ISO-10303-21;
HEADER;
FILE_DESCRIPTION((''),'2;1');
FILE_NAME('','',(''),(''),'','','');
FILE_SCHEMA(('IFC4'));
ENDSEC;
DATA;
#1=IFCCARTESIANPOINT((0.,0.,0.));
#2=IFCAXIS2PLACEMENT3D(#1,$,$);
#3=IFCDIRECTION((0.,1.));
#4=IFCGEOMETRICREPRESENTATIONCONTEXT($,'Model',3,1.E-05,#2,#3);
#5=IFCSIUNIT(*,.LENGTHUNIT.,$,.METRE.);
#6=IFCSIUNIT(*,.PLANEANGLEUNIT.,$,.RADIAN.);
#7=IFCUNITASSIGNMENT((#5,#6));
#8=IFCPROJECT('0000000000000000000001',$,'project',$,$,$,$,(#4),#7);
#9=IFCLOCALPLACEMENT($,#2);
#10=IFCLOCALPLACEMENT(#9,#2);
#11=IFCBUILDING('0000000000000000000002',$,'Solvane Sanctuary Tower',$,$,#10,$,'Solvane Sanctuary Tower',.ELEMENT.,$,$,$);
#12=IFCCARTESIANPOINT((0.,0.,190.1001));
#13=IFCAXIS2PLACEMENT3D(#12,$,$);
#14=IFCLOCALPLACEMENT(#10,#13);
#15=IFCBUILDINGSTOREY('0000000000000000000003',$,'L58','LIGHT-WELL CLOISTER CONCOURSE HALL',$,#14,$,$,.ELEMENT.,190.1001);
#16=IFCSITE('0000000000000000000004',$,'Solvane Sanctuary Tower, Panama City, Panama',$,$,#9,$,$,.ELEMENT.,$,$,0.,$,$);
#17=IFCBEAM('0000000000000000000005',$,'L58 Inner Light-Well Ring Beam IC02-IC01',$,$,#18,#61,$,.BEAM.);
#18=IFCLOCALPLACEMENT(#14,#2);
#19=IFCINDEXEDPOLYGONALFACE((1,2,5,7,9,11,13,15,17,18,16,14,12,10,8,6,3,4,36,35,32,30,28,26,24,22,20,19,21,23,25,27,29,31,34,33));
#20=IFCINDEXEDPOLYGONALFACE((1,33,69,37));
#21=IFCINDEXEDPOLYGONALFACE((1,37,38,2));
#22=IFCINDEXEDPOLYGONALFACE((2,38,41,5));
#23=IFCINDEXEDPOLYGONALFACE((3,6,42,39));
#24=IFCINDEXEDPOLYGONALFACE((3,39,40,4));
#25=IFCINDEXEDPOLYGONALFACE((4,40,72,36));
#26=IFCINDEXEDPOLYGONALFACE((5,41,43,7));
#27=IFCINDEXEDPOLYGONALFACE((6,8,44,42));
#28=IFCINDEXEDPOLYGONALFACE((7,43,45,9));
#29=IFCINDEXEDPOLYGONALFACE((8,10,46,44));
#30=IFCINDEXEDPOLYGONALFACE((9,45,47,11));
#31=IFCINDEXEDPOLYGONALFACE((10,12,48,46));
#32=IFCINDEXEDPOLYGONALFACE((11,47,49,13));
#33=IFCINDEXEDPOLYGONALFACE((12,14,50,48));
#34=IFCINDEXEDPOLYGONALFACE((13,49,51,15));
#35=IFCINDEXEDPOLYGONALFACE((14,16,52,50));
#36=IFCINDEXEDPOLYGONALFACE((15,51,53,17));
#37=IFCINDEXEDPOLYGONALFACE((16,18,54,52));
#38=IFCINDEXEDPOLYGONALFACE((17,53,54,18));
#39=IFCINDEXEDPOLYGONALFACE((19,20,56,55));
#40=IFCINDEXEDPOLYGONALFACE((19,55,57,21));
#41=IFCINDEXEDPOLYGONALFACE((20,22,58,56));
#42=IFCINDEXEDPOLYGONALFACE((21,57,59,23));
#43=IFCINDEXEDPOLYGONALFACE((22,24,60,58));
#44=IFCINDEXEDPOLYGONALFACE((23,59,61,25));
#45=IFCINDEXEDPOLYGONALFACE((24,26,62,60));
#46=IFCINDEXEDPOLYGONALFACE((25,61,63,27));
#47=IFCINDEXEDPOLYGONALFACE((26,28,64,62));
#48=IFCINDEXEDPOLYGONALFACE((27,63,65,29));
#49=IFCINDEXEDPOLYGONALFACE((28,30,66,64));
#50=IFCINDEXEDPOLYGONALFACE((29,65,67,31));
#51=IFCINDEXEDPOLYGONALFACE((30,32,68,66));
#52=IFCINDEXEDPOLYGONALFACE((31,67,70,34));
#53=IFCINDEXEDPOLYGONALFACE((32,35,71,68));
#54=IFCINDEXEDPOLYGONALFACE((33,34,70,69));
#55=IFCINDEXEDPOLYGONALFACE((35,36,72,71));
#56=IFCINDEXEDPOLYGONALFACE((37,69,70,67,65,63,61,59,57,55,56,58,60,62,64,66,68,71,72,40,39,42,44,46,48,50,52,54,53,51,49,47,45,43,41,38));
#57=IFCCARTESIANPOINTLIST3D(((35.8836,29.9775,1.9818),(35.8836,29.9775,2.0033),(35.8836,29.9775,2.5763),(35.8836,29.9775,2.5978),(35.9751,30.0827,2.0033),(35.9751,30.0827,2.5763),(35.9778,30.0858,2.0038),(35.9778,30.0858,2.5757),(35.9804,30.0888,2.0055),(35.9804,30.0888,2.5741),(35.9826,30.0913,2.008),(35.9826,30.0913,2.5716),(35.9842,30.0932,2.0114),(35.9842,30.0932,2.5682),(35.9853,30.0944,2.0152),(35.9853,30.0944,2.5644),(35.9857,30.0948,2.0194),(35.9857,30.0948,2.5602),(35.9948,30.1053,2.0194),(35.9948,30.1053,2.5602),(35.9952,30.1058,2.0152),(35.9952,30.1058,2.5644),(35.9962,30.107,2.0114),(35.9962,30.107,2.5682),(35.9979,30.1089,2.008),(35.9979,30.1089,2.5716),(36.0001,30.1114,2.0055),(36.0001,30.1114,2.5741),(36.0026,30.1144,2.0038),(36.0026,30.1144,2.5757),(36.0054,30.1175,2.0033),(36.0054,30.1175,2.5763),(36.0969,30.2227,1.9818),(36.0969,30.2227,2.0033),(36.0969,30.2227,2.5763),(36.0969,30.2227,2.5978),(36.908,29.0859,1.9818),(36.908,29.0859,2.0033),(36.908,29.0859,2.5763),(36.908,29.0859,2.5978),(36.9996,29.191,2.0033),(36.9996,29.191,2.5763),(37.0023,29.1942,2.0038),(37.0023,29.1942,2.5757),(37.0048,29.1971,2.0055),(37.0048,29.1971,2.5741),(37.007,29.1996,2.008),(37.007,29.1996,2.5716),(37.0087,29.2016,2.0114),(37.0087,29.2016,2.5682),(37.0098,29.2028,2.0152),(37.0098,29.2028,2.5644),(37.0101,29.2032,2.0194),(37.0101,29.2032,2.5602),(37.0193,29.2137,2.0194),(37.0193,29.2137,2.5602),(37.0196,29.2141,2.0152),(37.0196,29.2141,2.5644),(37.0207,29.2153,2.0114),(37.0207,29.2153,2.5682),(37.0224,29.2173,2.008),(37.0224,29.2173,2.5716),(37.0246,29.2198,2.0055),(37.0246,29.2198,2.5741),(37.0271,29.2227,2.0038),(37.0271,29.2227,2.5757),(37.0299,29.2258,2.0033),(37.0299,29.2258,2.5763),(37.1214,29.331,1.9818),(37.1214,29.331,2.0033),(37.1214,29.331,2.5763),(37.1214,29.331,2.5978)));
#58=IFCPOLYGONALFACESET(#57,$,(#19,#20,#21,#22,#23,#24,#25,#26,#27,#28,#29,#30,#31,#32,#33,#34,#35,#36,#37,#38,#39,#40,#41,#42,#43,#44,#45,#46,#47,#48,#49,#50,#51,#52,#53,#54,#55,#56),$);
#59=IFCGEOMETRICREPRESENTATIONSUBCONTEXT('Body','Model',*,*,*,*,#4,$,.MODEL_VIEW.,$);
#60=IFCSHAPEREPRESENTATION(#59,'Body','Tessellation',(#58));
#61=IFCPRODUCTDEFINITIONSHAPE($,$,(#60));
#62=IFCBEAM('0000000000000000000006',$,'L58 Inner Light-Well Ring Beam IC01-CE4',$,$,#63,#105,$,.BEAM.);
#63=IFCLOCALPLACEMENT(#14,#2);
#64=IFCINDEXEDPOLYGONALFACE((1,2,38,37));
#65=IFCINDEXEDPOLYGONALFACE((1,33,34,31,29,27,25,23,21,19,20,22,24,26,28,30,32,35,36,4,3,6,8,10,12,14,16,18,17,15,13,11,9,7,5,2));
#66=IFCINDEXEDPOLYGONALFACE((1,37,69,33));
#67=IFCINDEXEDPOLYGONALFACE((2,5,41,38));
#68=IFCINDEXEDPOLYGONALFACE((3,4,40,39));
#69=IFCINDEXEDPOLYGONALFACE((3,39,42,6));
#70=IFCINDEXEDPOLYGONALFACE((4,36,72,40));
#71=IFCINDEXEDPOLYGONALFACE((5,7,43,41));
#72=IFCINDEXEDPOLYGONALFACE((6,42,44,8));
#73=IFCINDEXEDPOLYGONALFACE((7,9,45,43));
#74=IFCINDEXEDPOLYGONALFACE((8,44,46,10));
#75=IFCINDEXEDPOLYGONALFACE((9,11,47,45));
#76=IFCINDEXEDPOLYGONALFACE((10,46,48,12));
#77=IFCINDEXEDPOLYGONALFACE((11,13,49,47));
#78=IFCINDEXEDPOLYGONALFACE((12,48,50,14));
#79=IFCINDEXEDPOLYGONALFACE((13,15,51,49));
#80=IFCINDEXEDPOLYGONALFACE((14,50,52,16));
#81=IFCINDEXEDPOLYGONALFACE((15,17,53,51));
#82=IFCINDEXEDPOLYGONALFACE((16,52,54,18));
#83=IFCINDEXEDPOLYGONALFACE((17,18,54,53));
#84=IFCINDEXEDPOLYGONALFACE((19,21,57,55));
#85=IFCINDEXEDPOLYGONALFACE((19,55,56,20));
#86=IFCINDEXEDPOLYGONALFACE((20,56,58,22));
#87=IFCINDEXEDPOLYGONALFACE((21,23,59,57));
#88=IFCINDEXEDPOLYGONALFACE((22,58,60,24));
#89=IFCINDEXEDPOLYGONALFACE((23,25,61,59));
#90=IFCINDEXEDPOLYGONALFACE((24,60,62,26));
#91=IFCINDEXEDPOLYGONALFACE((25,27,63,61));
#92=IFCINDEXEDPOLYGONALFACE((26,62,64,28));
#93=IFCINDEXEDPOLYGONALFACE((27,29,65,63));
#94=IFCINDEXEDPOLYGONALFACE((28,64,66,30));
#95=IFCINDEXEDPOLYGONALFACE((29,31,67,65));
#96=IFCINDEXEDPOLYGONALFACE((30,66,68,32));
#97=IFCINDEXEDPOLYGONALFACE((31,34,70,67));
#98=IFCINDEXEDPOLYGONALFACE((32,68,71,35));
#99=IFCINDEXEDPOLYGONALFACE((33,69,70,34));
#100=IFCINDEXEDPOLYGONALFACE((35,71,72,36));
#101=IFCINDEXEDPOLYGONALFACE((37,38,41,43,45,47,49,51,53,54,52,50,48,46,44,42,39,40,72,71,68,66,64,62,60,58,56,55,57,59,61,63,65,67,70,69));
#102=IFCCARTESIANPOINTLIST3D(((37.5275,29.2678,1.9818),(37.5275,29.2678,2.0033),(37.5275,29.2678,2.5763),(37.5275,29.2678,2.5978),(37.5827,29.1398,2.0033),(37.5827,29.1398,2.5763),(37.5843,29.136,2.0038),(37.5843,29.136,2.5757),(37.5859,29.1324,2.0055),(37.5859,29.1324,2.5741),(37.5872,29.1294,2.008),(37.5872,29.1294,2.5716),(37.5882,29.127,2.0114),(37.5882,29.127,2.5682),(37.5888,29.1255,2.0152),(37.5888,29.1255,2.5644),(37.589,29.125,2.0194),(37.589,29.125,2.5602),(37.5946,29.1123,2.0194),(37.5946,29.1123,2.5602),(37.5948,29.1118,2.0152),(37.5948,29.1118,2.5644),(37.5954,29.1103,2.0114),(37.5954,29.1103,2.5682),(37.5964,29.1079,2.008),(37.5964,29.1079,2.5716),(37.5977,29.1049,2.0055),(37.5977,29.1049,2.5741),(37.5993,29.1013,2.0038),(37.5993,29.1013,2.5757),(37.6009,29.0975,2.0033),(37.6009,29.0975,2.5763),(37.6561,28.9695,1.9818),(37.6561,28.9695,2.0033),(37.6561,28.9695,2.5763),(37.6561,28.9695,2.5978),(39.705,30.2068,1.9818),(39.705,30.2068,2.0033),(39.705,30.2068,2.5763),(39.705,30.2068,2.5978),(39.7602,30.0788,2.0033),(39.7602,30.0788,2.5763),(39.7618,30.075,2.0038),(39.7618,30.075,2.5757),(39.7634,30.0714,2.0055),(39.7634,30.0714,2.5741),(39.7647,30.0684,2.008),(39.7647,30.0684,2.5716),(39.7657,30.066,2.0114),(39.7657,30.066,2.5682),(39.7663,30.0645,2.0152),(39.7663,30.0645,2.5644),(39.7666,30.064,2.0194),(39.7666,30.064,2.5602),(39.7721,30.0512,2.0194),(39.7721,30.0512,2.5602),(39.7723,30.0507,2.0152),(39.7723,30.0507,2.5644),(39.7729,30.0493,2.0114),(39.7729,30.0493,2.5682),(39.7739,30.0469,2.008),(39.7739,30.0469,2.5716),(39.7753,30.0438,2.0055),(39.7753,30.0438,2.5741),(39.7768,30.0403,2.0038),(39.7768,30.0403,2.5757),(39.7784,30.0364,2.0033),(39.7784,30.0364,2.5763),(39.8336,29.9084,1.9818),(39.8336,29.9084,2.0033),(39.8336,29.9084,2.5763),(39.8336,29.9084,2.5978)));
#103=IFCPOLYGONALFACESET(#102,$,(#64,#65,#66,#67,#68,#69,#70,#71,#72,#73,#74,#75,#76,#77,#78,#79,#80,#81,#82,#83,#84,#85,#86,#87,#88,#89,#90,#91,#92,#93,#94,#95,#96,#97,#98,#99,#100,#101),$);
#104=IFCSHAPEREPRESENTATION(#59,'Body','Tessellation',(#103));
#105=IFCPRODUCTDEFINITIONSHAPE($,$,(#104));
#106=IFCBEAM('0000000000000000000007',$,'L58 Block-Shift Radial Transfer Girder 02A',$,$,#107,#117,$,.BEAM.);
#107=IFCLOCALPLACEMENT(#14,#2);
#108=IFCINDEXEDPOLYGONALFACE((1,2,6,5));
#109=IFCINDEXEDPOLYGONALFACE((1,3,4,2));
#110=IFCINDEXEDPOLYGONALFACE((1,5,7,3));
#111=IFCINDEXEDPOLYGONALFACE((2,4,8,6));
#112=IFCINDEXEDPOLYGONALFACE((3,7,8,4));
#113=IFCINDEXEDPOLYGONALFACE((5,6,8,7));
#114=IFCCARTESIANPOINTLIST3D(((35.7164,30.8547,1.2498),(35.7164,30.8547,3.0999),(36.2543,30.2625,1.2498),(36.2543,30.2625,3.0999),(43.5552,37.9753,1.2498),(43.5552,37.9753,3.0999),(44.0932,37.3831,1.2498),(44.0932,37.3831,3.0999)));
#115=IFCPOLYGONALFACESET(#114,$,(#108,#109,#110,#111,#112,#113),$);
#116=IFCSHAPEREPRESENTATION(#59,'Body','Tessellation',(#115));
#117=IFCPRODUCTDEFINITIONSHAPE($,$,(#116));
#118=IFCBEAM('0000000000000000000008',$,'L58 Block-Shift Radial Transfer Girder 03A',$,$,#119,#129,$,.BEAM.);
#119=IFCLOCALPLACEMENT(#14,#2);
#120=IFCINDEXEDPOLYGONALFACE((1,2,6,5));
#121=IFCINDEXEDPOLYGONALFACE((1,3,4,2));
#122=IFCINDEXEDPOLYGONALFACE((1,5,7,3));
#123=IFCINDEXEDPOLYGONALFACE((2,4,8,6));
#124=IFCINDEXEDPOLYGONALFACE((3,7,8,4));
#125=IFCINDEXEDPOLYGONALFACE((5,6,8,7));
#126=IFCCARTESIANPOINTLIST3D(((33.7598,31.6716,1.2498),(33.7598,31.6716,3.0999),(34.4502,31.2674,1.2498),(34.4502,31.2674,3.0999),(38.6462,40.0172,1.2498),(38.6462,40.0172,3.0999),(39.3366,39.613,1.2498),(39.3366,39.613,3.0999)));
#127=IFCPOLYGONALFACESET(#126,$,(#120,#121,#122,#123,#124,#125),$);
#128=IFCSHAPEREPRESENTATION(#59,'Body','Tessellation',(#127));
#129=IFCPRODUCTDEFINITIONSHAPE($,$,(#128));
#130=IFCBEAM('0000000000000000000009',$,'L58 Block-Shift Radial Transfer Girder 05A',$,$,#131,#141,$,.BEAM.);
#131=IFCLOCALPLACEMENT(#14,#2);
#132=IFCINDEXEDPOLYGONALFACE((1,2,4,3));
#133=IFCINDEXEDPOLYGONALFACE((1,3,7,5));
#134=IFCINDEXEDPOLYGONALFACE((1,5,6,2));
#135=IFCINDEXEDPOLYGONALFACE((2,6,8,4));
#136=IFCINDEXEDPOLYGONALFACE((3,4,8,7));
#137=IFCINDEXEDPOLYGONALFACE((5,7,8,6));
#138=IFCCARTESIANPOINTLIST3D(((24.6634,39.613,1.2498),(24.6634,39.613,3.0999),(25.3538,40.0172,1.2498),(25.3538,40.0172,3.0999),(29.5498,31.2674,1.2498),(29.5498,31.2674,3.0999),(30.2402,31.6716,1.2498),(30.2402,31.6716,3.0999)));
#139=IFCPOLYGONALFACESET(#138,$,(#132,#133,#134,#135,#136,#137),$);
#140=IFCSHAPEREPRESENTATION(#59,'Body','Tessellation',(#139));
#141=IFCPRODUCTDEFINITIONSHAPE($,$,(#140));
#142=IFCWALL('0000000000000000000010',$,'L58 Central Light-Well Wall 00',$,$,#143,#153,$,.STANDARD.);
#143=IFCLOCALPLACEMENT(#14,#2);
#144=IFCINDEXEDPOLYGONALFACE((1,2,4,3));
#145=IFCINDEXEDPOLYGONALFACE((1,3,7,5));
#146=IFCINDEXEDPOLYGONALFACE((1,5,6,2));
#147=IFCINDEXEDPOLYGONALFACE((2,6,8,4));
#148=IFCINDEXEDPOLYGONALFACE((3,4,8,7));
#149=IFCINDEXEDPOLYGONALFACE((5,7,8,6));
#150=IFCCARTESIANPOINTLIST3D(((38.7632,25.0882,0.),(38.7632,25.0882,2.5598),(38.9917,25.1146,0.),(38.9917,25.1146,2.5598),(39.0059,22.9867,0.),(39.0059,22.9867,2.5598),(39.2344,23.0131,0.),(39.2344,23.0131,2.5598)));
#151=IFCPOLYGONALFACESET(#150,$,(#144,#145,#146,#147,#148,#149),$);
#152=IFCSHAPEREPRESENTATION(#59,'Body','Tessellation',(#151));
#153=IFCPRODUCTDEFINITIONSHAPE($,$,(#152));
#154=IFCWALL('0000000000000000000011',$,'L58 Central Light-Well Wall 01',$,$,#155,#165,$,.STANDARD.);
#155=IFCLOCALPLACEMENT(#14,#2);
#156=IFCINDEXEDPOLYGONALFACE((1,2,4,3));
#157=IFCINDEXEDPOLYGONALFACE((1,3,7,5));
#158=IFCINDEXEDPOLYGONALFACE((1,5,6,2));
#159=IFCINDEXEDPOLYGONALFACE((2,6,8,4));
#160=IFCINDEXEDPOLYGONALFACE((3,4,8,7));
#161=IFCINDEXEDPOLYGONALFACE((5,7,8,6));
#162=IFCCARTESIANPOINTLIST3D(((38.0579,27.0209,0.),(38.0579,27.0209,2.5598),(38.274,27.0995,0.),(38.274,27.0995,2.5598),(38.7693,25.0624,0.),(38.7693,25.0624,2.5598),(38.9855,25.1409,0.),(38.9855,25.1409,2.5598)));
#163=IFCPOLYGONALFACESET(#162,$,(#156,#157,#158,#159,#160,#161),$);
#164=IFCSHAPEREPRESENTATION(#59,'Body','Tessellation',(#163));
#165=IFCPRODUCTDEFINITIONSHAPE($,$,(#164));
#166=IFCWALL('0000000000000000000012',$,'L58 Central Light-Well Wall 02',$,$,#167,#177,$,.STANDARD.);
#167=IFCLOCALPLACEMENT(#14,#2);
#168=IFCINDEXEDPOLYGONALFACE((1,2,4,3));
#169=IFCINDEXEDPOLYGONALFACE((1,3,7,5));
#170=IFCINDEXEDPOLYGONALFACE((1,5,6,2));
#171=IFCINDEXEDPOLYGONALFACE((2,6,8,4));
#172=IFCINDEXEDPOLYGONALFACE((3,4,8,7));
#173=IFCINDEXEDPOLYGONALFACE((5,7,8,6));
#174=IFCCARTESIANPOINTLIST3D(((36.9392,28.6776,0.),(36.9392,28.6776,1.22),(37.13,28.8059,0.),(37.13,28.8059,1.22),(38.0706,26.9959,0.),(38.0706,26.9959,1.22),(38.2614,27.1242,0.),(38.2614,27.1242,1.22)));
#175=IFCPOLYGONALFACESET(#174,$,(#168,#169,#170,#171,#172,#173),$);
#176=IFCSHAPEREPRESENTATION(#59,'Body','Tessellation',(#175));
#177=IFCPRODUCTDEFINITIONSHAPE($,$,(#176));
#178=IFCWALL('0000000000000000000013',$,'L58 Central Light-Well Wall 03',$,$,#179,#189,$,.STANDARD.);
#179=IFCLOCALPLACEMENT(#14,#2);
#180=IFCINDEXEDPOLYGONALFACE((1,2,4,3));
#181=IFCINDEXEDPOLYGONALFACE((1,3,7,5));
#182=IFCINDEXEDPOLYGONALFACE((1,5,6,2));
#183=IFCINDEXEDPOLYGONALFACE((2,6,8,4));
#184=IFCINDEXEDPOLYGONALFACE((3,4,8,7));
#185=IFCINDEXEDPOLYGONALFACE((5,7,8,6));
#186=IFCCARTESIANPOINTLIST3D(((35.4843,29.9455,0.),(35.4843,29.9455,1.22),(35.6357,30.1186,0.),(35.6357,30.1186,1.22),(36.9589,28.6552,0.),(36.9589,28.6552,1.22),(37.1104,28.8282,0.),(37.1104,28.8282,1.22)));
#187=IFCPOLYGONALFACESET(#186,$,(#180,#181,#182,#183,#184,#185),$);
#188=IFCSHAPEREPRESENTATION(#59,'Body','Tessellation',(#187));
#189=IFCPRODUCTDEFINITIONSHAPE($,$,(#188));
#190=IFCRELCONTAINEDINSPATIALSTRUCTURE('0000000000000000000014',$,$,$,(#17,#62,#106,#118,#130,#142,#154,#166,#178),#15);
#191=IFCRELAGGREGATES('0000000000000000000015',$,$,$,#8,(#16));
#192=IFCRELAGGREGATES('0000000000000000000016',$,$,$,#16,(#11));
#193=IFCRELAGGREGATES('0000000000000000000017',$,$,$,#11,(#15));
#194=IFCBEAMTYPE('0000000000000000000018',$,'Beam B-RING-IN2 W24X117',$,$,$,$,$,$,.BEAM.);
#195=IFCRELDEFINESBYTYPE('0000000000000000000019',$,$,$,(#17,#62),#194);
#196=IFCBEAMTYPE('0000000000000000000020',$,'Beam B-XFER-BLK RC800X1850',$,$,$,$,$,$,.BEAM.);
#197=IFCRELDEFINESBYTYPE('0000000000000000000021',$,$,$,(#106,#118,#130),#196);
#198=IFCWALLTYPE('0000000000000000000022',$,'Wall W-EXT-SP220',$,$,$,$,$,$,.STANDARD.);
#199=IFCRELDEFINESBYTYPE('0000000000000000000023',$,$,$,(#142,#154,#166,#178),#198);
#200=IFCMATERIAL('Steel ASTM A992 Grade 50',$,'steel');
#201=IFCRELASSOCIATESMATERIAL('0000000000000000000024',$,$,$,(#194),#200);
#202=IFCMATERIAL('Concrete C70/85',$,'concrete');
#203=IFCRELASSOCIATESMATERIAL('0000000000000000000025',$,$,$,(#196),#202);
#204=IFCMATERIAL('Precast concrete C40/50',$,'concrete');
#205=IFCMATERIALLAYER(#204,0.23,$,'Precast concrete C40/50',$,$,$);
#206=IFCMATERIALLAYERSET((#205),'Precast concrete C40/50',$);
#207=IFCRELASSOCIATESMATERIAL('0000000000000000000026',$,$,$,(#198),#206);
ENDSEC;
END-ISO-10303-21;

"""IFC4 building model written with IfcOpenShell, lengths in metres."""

from ifc_helpers import new_model, si_unit, direction, frame, frame_2d, origin, origin_2d, place, context, subcontext, project, spatial, rectangle, i_section, extrude, material, layer, layer_set, material_profile, profile_set, type_object, element, save


model = new_model("IFC4")

# Units and contexts
model_context = context("Model", 3, precision=1e-05, world=origin(), true_north=direction((0.0, 1.0)))
body_context = subcontext(model_context, "Body", "Model", "MODEL_VIEW")
ifc_project = project(units=[si_unit("LENGTHUNIT", "METRE"), si_unit("PLANEANGLEUNIT", "RADIAN")], contexts=[model_context])

# Site, building, storey
site_placement = place(None, origin())
site = spatial("IfcSite", under=ifc_project, at=site_placement, Name="Solvane Sanctuary Tower, Panama City, Panama", CompositionType="ELEMENT", RefElevation=0.0)
building_placement = place(site_placement, origin())
building = spatial("IfcBuilding", under=site, at=building_placement, Name="Solvane Sanctuary Tower", LongName="Solvane Sanctuary Tower", CompositionType="ELEMENT")
storey_placement = place(building_placement, frame((0.0, 0.0, 190.1001)))
storey = spatial("IfcBuildingStorey", under=building, at=storey_placement, Name="L58", Description="LIGHT-WELL CLOISTER CONCOURSE HALL", CompositionType="ELEMENT", Elevation=190.1001)

# Beams
ifc_material_1 = material(Name="Steel ASTM A992 Grade 50", Category="steel")
ifc_material_profile_1 = material_profile(ifc_material_1, i_section(OverallWidth=0.325, OverallDepth=0.616, WebThickness=0.0139, FlangeThickness=0.0215, FilletRadius=0.0161, at=origin_2d()), Name="W24X117")
ifc_profile_set_1 = profile_set([ifc_material_profile_1], Name="Steel ASTM A992 Grade 50")
beam_type_1 = type_object("IfcBeamType", Name="Beam B-RING-IN2 W24X117", PredefinedType="BEAM", material=ifc_profile_set_1)
beam_1_placement = place(storey_placement, frame((35.9902, 30.1001, 2.2898), z_axis=(0.754311, -0.656517, 0.0), x_axis=(0.656517, 0.754311, 0.0)))
element("IfcBeam", 1, at=beam_1_placement, inside=storey, type_object=beam_type_1, Name="L58 Inner Light-Well Ring Beam IC02-IC01", PredefinedType="BEAM", context=body_context, shape_type="SweptSolid", body=[
    extrude(i_section(OverallWidth=0.325, OverallDepth=0.616, WebThickness=0.0139, FlangeThickness=0.0215, FilletRadius=0.0161, at=origin_2d()), origin(), (0.0, 0.0, 1.0), 1.3582),
])
beam_2_placement = place(storey_placement, frame((37.5918, 29.1187, 2.2898), z_axis=(0.918264, 0.395969, 0.0), x_axis=(-0.395969, 0.918264, 0.0)))
element("IfcBeam", 2, at=beam_2_placement, inside=storey, type_object=beam_type_1, Name="L58 Inner Light-Well Ring Beam IC01-CE4", PredefinedType="BEAM", context=body_context, shape_type="SweptSolid", body=[
    extrude(i_section(OverallWidth=0.325, OverallDepth=0.616, WebThickness=0.0139, FlangeThickness=0.0215, FilletRadius=0.0161, at=origin_2d()), origin(), (0.0, 0.0, 1.0), 2.3713),
])
ifc_material_2 = material(Name="Concrete C70/85", Category="concrete")
ifc_material_profile_2 = material_profile(ifc_material_2, rectangle(XDim=0.8, YDim=1.8501, at=origin_2d()), Name="RC800X1850")
ifc_profile_set_2 = profile_set([ifc_material_profile_2], Name="Concrete C70/85")
beam_type_2 = type_object("IfcBeamType", Name="Beam B-XFER-BLK RC800X1850", PredefinedType="BEAM", material=ifc_profile_set_2)
beam_3_placement = place(storey_placement, frame((35.9854, 30.5586, 2.1748), z_axis=(0.740205, 0.672381, 0.0), x_axis=(-0.672381, 0.740205, 0.0)))
element("IfcBeam", 3, at=beam_3_placement, inside=storey, type_object=beam_type_2, Name="L58 Block-Shift Radial Transfer Girder 02A", PredefinedType="BEAM", context=body_context, shape_type="SweptSolid", body=[
    extrude(rectangle(XDim=0.8, YDim=1.8501, at=origin_2d()), origin(), (0.0, 0.0, 1.0), 10.5901),
])
for number, where, z_axis, x_axis, name in (
    (4, (34.105, 31.4695, 2.1748), (0.50527, 0.862961, 0.0), (-0.862961, 0.50527, 0.0), "L58 Block-Shift Radial Transfer Girder 03A"),
    (5, (29.895, 31.4695, 2.1748), (-0.50527, 0.862961, 0.0), (-0.862961, -0.50527, 0.0), "L58 Block-Shift Radial Transfer Girder 05A"),
):
    element("IfcBeam", number, at=place(storey_placement, frame(where, z_axis=z_axis, x_axis=x_axis)), inside=storey, type_object=beam_type_2, Name=name, PredefinedType="BEAM", context=body_context, shape_type="SweptSolid", body=[
        extrude(rectangle(XDim=0.8, YDim=1.8501, at=origin_2d()), origin(), (0.0, 0.0, 1.0), 9.6709),
    ])

# Walls
ifc_material_3 = material(Name="Precast concrete C40/50", Category="concrete")
ifc_layer = layer(ifc_material_3, 0.23, Name="Precast concrete C40/50")
ifc_layer_set = layer_set([ifc_layer], Name="Precast concrete C40/50")
wall_type = type_object("IfcWallType", Name="Wall W-EXT-SP220", PredefinedType="STANDARD", material=ifc_layer_set)
wall_1_placement = place(storey_placement, frame((39.1201, 23.0, 0.0), z_axis=(0.0, 0.0, 1.0), x_axis=(-0.114712, 0.993399, 0.0)))
element("IfcWall", 6, at=wall_1_placement, inside=storey, type_object=wall_type, Name="L58 Central Light-Well Wall 00", PredefinedType="STANDARD", context=body_context, shape_type="SweptSolid", body=[
    extrude(rectangle(XDim=2.1155, YDim=0.23, at=frame_2d((1.0576, 0.0))), origin(), (0.0, 0.0, 1.0), 2.5598),
])
wall_2_placement = place(storey_placement, frame((38.8774, 25.1016, 0.0), z_axis=(0.0, 0.0, 1.0), x_axis=(-0.341423, 0.93991, 0.0)))
element("IfcWall", 7, at=wall_2_placement, inside=storey, type_object=wall_type, Name="L58 Central Light-Well Wall 01", PredefinedType="STANDARD", context=body_context, shape_type="SweptSolid", body=[
    extrude(rectangle(XDim=2.0837, YDim=0.23, at=frame_2d((1.042, 0.0))), origin(), (0.0, 0.0, 1.0), 2.5598),
])
wall_3_placement = place(storey_placement, frame((38.166, 27.0601, 0.0), z_axis=(0.0, 0.0, 1.0), x_axis=(-0.558198, 0.829708, 0.0)))
element("IfcWall", 8, at=wall_3_placement, inside=storey, type_object=wall_type, Name="L58 Central Light-Well Wall 02", PredefinedType="STANDARD", context=body_context, shape_type="SweptSolid", body=[
    extrude(rectangle(XDim=2.0269, YDim=0.23, at=frame_2d((1.0134, 0.0))), origin(), (0.0, 0.0, 1.0), 1.22),
])
wall_4_placement = place(storey_placement, frame((37.0347, 28.7417, 0.0), z_axis=(0.0, 0.0, 1.0), x_axis=(-0.752577, 0.658505, 0.0)))
element("IfcWall", 9, at=wall_4_placement, inside=storey, type_object=wall_type, Name="L58 Central Light-Well Wall 03", PredefinedType="STANDARD", context=body_context, shape_type="SweptSolid", body=[
    extrude(rectangle(XDim=1.9595, YDim=0.23, at=frame_2d((0.9797, 0.0))), origin(), (0.0, 0.0, 1.0), 1.22),
])

save(model, "model.ifc")
